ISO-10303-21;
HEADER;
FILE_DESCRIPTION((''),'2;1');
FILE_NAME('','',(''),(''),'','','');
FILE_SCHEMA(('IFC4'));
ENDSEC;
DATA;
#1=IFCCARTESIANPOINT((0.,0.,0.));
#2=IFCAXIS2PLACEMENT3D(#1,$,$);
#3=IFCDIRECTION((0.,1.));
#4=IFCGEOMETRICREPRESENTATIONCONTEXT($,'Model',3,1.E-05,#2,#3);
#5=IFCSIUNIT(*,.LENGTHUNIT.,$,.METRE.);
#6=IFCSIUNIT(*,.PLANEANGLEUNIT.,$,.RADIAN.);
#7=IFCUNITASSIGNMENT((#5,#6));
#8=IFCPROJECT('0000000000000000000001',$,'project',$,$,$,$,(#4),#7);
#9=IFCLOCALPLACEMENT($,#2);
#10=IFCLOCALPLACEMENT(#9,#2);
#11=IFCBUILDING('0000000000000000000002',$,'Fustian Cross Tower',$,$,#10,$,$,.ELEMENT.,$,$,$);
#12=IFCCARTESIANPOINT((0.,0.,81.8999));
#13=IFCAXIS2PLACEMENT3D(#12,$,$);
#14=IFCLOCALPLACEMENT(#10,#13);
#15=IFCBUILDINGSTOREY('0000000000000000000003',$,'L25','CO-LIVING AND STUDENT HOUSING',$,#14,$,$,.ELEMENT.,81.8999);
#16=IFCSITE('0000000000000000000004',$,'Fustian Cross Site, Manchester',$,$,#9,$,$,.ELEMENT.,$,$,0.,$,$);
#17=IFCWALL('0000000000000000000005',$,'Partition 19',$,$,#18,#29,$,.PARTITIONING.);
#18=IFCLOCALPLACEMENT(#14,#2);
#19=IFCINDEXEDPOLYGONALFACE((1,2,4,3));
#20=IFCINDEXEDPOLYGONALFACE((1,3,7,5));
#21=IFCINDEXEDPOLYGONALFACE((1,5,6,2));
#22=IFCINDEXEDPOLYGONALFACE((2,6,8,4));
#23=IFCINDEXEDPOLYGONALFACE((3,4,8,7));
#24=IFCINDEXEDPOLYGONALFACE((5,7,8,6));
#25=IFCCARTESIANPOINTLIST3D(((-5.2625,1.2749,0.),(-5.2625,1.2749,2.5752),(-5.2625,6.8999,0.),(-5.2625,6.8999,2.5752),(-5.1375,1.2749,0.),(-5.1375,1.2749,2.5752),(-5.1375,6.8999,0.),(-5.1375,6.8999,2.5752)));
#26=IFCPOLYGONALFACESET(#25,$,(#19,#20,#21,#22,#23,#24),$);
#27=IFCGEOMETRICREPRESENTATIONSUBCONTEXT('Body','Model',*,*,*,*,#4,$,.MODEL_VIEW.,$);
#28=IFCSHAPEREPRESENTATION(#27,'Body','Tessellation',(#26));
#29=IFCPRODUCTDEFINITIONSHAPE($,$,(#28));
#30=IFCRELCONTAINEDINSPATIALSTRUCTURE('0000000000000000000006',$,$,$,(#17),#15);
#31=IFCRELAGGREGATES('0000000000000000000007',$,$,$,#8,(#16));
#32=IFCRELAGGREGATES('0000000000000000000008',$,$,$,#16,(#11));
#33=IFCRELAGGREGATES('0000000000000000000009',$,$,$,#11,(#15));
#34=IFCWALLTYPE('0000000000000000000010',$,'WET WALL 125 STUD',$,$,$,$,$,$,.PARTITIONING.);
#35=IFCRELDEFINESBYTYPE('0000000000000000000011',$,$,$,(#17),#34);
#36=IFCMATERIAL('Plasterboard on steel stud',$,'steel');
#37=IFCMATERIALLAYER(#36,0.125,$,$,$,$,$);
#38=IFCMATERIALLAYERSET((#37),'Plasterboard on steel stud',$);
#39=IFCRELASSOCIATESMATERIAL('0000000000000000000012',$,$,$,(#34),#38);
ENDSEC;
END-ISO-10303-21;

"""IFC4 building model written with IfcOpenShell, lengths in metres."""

from ifc_helpers import new_model, si_unit, direction, frame, frame_2d, origin, place, context, subcontext, project, spatial, rectangle, extrude, material, layer, layer_set, type_object, element, save


model = new_model("IFC4")

# Units and contexts
model_context = context("Model", 3, precision=1e-05, world=origin(), true_north=direction((0.0, 1.0)))
body_context = subcontext(model_context, "Body", "Model", "MODEL_VIEW")
ifc_project = project(units=[si_unit("LENGTHUNIT", "METRE"), si_unit("PLANEANGLEUNIT", "RADIAN")], contexts=[model_context])

# Site, building, storey
site_placement = place(None, origin())
site = spatial("IfcSite", under=ifc_project, at=site_placement, Name="Fustian Cross Site, Manchester", CompositionType="ELEMENT", RefElevation=0.0)
building_placement = place(site_placement, origin())
building = spatial("IfcBuilding", under=site, at=building_placement, Name="Fustian Cross Tower", CompositionType="ELEMENT")
storey_placement = place(building_placement, frame((0.0, 0.0, 81.8999)))
storey = spatial("IfcBuildingStorey", under=building, at=storey_placement, Name="L25", Description="CO-LIVING AND STUDENT HOUSING", CompositionType="ELEMENT", Elevation=81.8999)

# Wall
ifc_material_1 = material(Name="Plasterboard on steel stud", Category="steel")
ifc_layer_1 = layer(ifc_material_1, 0.125)
ifc_layer_set_1 = layer_set([ifc_layer_1], Name="Plasterboard on steel stud")
wall_type_1 = type_object("IfcWallType", Name="WET WALL 125 STUD", PredefinedType="PARTITIONING", material=ifc_layer_set_1)
wall_1_placement = place(storey_placement, frame((-5.2, 1.2749, 0.0), z_axis=(0.0, 0.0, 1.0), x_axis=(0.0, 1.0, 0.0)))
element("IfcWall", 1, at=wall_1_placement, inside=storey, type_object=wall_type_1, Name="Partition 19", PredefinedType="PARTITIONING", context=body_context, shape_type="SweptSolid", body=[
    extrude(rectangle(XDim=5.625, YDim=0.125, at=frame_2d((2.8125, 0.0))), origin(), (0.0, 0.0, 1.0), 2.5752),
])

save(model, "model.ifc")
